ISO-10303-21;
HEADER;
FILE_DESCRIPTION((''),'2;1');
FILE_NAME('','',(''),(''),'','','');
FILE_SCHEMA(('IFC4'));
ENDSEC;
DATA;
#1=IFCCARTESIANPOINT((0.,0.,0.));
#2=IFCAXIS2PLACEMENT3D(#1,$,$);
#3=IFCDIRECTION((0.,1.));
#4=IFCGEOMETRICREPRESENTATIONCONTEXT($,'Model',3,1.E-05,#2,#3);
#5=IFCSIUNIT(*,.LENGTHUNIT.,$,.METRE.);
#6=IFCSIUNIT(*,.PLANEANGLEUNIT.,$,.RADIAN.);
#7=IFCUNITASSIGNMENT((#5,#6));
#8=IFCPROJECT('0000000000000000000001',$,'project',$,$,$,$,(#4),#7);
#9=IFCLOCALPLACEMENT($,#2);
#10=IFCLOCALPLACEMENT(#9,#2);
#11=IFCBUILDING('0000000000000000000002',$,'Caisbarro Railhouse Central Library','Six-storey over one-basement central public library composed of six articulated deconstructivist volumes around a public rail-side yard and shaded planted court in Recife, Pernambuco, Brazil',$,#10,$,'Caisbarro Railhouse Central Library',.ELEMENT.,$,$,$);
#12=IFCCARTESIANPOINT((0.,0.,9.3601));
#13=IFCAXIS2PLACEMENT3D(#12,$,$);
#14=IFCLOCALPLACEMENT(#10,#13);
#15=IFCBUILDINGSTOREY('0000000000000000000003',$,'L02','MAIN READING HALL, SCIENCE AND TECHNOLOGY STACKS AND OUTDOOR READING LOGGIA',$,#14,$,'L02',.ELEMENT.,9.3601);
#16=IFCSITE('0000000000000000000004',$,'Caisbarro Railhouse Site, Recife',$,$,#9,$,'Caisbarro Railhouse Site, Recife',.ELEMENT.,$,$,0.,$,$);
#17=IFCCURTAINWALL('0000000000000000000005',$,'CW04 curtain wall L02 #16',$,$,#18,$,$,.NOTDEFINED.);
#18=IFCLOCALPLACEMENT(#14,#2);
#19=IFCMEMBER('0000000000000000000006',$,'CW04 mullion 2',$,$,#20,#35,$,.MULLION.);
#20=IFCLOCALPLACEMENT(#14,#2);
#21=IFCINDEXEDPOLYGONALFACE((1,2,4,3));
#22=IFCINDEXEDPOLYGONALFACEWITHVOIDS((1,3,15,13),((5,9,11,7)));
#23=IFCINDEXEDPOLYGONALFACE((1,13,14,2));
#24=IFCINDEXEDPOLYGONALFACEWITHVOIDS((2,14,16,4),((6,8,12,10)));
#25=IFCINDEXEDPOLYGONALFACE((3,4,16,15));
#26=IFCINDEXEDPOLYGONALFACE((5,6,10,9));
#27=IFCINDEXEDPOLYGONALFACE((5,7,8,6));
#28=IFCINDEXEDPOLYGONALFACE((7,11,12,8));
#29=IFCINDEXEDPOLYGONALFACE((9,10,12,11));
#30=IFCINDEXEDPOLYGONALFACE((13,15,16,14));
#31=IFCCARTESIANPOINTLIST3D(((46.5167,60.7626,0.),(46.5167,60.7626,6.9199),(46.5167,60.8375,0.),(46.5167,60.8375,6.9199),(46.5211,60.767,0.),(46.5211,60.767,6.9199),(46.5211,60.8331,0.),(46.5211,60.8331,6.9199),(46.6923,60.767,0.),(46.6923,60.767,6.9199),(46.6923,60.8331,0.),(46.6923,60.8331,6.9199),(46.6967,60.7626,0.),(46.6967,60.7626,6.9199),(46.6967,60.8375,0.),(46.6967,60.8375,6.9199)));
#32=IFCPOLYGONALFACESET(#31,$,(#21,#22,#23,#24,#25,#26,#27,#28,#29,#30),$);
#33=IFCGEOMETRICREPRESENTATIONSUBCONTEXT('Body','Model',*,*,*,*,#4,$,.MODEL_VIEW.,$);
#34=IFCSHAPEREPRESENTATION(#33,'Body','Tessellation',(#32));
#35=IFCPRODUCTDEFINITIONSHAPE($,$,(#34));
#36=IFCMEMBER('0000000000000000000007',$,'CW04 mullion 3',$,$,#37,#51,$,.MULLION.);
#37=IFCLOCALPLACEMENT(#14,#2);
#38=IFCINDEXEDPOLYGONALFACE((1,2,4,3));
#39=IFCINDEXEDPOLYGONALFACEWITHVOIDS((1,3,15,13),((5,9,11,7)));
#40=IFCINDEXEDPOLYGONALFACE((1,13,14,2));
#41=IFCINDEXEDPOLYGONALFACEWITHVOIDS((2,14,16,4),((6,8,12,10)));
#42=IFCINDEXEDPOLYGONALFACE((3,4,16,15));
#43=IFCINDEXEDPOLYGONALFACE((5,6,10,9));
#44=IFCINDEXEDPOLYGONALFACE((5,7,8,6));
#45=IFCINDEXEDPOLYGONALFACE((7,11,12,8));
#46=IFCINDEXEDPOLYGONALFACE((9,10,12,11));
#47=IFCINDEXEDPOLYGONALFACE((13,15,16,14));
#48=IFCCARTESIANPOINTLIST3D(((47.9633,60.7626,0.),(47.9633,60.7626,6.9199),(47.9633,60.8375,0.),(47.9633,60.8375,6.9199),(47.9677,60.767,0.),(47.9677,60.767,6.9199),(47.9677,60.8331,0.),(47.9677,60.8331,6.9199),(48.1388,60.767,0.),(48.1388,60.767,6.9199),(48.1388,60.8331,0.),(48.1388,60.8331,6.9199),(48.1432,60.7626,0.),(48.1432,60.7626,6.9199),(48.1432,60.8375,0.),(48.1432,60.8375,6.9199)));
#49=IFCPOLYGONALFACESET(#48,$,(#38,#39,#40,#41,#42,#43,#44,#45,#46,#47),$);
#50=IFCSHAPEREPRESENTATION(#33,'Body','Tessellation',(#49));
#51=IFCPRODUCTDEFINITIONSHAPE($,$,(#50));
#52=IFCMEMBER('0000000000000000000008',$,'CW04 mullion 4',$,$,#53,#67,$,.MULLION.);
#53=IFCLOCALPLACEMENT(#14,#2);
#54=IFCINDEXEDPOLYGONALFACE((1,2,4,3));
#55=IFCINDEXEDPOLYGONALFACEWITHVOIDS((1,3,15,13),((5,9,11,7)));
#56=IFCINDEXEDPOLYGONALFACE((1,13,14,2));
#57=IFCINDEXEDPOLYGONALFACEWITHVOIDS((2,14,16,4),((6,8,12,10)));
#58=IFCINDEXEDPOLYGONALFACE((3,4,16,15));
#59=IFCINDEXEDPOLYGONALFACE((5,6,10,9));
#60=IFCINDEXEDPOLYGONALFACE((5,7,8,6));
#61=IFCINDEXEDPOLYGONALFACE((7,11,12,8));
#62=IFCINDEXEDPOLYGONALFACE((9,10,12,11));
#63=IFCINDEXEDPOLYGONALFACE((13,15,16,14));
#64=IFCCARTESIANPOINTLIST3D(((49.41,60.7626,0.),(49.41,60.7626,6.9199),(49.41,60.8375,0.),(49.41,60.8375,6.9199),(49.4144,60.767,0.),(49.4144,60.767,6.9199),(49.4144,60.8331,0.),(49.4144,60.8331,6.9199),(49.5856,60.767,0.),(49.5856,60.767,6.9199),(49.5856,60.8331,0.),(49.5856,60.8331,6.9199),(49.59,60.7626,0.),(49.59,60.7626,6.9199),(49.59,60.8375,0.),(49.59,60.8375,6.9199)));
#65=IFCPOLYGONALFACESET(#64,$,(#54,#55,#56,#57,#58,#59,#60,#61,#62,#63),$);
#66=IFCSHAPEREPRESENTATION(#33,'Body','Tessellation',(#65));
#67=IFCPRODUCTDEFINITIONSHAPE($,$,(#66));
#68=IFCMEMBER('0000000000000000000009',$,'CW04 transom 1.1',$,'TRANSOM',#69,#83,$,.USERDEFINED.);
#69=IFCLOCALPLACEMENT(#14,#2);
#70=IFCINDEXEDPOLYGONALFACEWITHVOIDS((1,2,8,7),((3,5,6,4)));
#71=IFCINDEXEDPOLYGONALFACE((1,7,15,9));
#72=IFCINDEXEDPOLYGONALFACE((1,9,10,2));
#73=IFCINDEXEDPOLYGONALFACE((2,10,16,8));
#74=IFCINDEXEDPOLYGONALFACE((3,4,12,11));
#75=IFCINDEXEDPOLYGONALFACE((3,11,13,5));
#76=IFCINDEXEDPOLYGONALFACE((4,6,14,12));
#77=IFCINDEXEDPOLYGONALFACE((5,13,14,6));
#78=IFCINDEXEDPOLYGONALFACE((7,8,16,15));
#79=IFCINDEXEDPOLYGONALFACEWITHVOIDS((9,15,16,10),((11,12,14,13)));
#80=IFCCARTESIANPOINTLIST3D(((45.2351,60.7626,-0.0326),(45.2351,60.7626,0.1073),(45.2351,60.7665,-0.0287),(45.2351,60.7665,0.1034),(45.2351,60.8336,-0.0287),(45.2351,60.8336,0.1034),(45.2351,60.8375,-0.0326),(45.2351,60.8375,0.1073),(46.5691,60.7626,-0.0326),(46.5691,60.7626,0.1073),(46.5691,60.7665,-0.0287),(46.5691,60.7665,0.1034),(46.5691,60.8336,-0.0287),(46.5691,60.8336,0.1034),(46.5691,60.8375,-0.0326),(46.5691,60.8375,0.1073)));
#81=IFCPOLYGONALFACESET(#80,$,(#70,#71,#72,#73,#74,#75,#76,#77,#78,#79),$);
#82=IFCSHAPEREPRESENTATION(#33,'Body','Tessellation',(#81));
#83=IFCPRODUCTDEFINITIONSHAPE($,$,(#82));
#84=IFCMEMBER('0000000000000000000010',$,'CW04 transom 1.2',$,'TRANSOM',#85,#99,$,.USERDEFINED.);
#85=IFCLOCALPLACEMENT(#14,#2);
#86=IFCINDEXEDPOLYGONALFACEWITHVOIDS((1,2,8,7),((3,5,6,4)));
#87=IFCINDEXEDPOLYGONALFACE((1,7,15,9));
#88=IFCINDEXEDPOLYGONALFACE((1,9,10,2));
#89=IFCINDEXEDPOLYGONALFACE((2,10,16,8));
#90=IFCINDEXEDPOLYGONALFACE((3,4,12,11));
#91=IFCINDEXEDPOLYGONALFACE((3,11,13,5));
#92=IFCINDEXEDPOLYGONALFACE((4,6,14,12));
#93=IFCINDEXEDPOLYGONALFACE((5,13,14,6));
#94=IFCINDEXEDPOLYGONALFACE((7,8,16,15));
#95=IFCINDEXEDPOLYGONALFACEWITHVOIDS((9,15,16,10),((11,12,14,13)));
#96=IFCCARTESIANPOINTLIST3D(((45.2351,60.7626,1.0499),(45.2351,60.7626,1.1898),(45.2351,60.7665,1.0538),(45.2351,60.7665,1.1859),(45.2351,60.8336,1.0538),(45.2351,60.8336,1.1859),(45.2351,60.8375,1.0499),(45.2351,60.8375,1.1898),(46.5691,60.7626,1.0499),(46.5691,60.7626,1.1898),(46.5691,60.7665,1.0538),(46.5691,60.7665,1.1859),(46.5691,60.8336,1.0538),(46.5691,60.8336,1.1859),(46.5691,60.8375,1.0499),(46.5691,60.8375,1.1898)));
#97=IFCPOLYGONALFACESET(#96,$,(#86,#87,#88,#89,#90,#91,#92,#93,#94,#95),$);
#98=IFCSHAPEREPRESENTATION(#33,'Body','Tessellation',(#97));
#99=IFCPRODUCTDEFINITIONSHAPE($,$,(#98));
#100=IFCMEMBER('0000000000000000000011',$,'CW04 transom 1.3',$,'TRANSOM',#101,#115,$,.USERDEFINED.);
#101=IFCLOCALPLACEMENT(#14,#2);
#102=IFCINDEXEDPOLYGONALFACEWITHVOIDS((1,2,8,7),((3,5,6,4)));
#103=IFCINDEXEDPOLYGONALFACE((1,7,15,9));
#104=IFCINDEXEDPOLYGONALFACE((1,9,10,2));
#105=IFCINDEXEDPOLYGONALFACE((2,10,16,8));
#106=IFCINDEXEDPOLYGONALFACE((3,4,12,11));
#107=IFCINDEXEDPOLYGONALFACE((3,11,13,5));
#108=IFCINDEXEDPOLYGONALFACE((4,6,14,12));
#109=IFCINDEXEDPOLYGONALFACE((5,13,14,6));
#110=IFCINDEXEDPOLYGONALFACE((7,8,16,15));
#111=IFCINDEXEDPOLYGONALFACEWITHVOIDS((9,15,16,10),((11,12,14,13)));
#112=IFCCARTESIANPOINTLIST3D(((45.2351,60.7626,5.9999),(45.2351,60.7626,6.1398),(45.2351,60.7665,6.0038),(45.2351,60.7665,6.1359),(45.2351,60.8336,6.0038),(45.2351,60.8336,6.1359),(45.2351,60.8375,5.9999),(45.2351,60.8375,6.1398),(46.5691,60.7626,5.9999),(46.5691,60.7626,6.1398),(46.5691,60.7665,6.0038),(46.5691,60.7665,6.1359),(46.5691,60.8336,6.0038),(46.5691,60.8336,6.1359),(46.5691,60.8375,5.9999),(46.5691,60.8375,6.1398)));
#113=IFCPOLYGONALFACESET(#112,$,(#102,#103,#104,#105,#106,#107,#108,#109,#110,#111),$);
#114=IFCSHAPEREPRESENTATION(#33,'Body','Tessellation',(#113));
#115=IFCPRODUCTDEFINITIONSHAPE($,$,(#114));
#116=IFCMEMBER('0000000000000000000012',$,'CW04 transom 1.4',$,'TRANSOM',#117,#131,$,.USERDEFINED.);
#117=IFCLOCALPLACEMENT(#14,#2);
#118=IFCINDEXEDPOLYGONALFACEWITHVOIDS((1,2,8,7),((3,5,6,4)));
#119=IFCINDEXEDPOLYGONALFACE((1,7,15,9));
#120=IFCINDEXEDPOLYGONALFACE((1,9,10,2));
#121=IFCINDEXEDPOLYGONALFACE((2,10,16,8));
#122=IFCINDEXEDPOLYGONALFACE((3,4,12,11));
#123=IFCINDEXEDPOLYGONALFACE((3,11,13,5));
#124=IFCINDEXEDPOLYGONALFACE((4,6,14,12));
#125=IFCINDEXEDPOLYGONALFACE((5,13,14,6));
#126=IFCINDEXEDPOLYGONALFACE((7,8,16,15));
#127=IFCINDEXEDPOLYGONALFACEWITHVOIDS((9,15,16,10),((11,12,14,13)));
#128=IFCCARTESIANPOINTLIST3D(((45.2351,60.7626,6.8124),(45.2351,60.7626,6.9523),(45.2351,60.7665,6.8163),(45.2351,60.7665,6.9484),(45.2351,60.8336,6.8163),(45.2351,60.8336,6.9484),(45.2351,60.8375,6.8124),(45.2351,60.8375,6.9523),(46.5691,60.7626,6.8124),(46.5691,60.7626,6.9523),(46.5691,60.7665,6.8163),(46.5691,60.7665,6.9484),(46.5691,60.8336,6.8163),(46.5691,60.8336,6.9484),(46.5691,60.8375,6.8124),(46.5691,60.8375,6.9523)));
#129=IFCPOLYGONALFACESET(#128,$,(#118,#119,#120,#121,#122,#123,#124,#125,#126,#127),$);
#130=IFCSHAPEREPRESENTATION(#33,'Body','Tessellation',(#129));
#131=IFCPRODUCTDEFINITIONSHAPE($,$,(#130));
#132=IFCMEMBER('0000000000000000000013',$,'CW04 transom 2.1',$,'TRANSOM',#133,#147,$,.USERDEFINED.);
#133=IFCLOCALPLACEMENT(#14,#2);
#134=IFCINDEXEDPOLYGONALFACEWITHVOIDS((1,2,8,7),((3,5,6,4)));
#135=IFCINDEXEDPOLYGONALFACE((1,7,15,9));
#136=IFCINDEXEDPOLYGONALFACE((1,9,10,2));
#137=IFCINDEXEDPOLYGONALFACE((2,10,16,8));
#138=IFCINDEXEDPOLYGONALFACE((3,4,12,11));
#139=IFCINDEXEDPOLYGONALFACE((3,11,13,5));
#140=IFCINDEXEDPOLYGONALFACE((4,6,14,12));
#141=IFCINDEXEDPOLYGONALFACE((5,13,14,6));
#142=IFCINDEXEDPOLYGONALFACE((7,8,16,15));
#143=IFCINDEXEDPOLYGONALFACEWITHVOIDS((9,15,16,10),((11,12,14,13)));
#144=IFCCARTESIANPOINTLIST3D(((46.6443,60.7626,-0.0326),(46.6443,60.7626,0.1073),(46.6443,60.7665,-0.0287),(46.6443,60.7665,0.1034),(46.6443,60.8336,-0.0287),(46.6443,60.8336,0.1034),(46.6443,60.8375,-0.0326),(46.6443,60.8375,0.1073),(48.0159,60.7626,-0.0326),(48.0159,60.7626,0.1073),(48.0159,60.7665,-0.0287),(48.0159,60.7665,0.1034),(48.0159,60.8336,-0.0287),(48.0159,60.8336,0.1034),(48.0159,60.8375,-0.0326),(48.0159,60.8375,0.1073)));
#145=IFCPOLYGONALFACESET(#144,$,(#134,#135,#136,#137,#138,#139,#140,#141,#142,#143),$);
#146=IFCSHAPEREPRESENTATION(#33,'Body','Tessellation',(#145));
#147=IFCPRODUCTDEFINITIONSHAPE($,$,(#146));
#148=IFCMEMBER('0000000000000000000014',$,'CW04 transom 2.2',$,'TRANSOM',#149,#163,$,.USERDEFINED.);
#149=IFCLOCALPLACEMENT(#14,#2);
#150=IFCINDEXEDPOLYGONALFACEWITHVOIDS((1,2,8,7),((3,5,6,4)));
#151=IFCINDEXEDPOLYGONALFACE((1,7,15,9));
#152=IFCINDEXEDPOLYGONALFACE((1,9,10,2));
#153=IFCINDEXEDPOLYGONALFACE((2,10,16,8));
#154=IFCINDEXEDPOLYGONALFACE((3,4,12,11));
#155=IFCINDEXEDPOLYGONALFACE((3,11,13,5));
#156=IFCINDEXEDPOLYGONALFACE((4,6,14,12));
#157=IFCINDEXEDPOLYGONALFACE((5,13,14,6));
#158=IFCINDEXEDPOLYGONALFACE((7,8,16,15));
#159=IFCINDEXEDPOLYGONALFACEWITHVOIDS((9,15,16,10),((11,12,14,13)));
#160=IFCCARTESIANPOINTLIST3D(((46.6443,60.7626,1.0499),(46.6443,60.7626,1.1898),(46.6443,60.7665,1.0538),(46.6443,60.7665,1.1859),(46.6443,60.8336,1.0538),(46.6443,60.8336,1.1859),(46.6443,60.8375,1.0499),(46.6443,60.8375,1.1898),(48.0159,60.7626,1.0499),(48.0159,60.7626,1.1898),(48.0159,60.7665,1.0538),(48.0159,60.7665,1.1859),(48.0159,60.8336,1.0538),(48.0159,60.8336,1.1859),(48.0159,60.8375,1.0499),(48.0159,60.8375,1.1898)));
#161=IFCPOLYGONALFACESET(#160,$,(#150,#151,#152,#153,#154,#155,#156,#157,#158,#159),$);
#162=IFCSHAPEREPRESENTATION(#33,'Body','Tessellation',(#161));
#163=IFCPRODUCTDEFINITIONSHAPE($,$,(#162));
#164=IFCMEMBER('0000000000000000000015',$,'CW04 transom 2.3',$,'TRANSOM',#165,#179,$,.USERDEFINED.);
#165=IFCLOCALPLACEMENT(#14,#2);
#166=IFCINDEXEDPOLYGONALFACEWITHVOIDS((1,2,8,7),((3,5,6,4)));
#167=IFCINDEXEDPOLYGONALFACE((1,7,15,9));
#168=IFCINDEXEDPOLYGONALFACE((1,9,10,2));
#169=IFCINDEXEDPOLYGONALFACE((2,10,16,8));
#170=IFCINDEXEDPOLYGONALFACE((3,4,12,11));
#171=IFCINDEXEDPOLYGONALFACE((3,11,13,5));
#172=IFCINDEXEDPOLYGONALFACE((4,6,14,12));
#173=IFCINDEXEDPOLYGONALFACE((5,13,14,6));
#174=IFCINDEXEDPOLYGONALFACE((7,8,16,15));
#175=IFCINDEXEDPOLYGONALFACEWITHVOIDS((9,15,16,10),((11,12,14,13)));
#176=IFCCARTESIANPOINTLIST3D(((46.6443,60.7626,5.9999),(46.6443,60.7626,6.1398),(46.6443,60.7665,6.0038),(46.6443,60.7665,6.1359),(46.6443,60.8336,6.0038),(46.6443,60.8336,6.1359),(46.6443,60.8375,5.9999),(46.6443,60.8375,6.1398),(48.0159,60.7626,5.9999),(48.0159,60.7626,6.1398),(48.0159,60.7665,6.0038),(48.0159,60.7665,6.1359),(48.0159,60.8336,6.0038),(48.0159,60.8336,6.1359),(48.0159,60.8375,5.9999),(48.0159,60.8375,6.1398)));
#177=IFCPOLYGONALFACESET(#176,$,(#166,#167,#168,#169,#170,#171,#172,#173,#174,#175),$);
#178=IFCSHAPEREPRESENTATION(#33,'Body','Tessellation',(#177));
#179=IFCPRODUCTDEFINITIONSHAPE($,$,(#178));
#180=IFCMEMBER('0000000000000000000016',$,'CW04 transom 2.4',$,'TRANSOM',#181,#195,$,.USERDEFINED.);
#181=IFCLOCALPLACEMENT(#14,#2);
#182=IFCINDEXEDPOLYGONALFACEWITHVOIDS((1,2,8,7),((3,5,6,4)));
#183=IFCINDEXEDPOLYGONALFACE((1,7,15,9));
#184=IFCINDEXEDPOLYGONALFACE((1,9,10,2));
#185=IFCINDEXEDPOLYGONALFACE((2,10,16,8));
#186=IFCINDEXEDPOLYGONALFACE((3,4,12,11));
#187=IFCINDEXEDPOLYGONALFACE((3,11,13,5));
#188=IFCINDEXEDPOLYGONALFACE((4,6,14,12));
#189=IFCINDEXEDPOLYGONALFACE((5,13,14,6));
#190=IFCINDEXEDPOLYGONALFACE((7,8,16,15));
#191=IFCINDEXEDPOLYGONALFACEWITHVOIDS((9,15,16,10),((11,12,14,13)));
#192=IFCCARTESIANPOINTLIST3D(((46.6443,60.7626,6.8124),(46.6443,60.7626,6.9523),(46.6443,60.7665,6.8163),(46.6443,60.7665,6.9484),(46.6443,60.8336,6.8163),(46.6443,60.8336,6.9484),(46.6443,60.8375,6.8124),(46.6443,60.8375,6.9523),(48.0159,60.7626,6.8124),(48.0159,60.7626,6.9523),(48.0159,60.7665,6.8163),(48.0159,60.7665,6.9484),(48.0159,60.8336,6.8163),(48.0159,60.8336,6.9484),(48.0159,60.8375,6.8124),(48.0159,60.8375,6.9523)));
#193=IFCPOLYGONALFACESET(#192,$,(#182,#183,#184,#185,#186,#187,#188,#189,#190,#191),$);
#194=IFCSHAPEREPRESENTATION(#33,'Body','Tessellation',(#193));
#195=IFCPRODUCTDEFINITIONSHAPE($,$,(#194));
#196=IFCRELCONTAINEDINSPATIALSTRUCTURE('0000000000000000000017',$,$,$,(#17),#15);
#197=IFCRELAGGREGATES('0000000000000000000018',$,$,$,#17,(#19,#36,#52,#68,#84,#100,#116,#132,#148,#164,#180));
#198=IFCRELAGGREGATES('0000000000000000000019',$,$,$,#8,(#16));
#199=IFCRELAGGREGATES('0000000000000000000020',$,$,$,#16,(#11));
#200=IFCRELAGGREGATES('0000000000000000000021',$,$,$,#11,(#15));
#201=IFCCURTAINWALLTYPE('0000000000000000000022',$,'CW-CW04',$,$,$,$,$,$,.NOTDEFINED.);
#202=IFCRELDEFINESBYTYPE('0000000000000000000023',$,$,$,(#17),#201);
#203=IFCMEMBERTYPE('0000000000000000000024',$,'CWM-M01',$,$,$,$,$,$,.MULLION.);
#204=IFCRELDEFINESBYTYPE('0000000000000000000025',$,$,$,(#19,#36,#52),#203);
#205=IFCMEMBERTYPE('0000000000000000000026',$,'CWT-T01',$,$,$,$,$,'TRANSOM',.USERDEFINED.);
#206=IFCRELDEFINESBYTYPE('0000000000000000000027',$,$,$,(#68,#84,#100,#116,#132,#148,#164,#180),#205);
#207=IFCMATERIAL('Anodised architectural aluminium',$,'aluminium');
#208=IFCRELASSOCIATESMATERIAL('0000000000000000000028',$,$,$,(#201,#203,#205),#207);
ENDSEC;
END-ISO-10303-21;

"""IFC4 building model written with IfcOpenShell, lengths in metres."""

from ifc_helpers import new_model, si_unit, direction, frame, origin, origin_2d, place, context, subcontext, project, spatial, hollow_rectangle, extrude, material, material_profile, profile_set, type_object, element, aggregate, save


model = new_model("IFC4")

# Units and contexts
model_context = context("Model", 3, precision=1e-05, world=origin(), true_north=direction((0.0, 1.0)))
body_context = subcontext(model_context, "Body", "Model", "MODEL_VIEW")
ifc_project = project(units=[si_unit("LENGTHUNIT", "METRE"), si_unit("PLANEANGLEUNIT", "RADIAN")], contexts=[model_context])

# Site, building, storey
site_placement = place(None, origin())
site = spatial("IfcSite", under=ifc_project, at=site_placement, Name="Caisbarro Railhouse Site, Recife", LongName="Caisbarro Railhouse Site, Recife", CompositionType="ELEMENT", RefElevation=0.0)
building_placement = place(site_placement, origin())
building = spatial("IfcBuilding", under=site, at=building_placement, Name="Caisbarro Railhouse Central Library", Description="Six-storey over one-basement central public library composed of six articulated deconstructivist volumes around a public rail-side yard and shaded planted court in Recife, Pernambuco, Brazil", LongName="Caisbarro Railhouse Central Library", CompositionType="ELEMENT")
storey_placement = place(building_placement, frame((0.0, 0.0, 9.3601)))
storey = spatial("IfcBuildingStorey", under=building, at=storey_placement, Name="L02", Description="MAIN READING HALL, SCIENCE AND TECHNOLOGY STACKS AND OUTDOOR READING LOGGIA", LongName="L02", CompositionType="ELEMENT", Elevation=9.3601)

# Curtain wall, members
ifc_material_1 = material(Name="Anodised architectural aluminium", Category="aluminium")
curtain_wall_type = type_object("IfcCurtainWallType", Name="CW-CW04", PredefinedType="NOTDEFINED", material=ifc_material_1)
curtain_wall_placement = place(storey_placement, origin())
curtain_wall = element("IfcCurtainWall", 1, at=curtain_wall_placement, inside=storey, type_object=curtain_wall_type, Name="CW04 curtain wall L02 #16", PredefinedType="NOTDEFINED")
ifc_material_profile_1 = material_profile(ifc_material_1, hollow_rectangle(XDim=0.075, YDim=0.1799, WallThickness=0.0044, at=origin_2d()), Name="ALU-MUL-75X180")
ifc_profile_set_1 = profile_set([ifc_material_profile_1], Name="Anodised architectural aluminium")
member_type_1 = type_object("IfcMemberType", Name="CWM-M01", PredefinedType="MULLION", material=ifc_profile_set_1)
member_1_placement = place(storey_placement, frame((46.6067, 60.8, 0.0), z_axis=(0.0, 0.0, 1.0), x_axis=(0.0, 1.0, 0.0)))
member_1 = element("IfcMember", 2, at=member_1_placement, type_object=member_type_1, Name="CW04 mullion 2", PredefinedType="MULLION", context=body_context, shape_type="SweptSolid", body=[
    extrude(hollow_rectangle(XDim=0.075, YDim=0.1799, WallThickness=0.0044, at=origin_2d()), origin(), (0.0, 0.0, 1.0), 6.9199),
])
member_2_placement = place(storey_placement, frame((48.0532, 60.8, 0.0), z_axis=(0.0, 0.0, 1.0), x_axis=(0.0, 1.0, 0.0)))
member_2 = element("IfcMember", 3, at=member_2_placement, type_object=member_type_1, Name="CW04 mullion 3", PredefinedType="MULLION", context=body_context, shape_type="SweptSolid", body=[
    extrude(hollow_rectangle(XDim=0.075, YDim=0.1799, WallThickness=0.0044, at=origin_2d()), origin(), (0.0, 0.0, 1.0), 6.9199),
])
member_3_placement = place(storey_placement, frame((49.5, 60.8, 0.0), z_axis=(0.0, 0.0, 1.0), x_axis=(0.0, 1.0, 0.0)))
member_3 = element("IfcMember", 4, at=member_3_placement, type_object=member_type_1, Name="CW04 mullion 4", PredefinedType="MULLION", context=body_context, shape_type="SweptSolid", body=[
    extrude(hollow_rectangle(XDim=0.075, YDim=0.1799, WallThickness=0.0044, at=origin_2d()), origin(), (0.0, 0.0, 1.0), 6.9199),
])
ifc_material_profile_2 = material_profile(ifc_material_1, hollow_rectangle(XDim=0.075, YDim=0.1399, WallThickness=0.0039, at=origin_2d()), Name="ALU-TRN-75X140")
ifc_profile_set_2 = profile_set([ifc_material_profile_2], Name="Anodised architectural aluminium")
member_type_2 = type_object("IfcMemberType", Name="CWT-T01", ElementType="TRANSOM", PredefinedType="USERDEFINED", material=ifc_profile_set_2)
member_4_placement = place(storey_placement, frame((45.2351, 60.8, 0.0374), z_axis=(1.0, 0.0, 0.0), x_axis=(0.0, 1.0, 0.0)))
member_4 = element("IfcMember", 5, at=member_4_placement, type_object=member_type_2, Name="CW04 transom 1.1", ObjectType="TRANSOM", PredefinedType="USERDEFINED", context=body_context, shape_type="SweptSolid", body=[
    extrude(hollow_rectangle(XDim=0.075, YDim=0.1399, WallThickness=0.0039, at=origin_2d()), origin(), (0.0, 0.0, 1.0), 1.334),
])
member_5_placement = place(storey_placement, frame((45.2351, 60.8, 1.1199), z_axis=(1.0, 0.0, 0.0), x_axis=(0.0, 1.0, 0.0)))
member_5 = element("IfcMember", 6, at=member_5_placement, type_object=member_type_2, Name="CW04 transom 1.2", ObjectType="TRANSOM", PredefinedType="USERDEFINED", context=body_context, shape_type="SweptSolid", body=[
    extrude(hollow_rectangle(XDim=0.075, YDim=0.1399, WallThickness=0.0039, at=origin_2d()), origin(), (0.0, 0.0, 1.0), 1.334),
])
member_6_placement = place(storey_placement, frame((45.2351, 60.8, 6.0698), z_axis=(1.0, 0.0, 0.0), x_axis=(0.0, 1.0, 0.0)))
member_6 = element("IfcMember", 7, at=member_6_placement, type_object=member_type_2, Name="CW04 transom 1.3", ObjectType="TRANSOM", PredefinedType="USERDEFINED", context=body_context, shape_type="SweptSolid", body=[
    extrude(hollow_rectangle(XDim=0.075, YDim=0.1399, WallThickness=0.0039, at=origin_2d()), origin(), (0.0, 0.0, 1.0), 1.334),
])
member_7_placement = place(storey_placement, frame((45.2351, 60.8, 6.8823), z_axis=(1.0, 0.0, 0.0), x_axis=(0.0, 1.0, 0.0)))
member_7 = element("IfcMember", 8, at=member_7_placement, type_object=member_type_2, Name="CW04 transom 1.4", ObjectType="TRANSOM", PredefinedType="USERDEFINED", context=body_context, shape_type="SweptSolid", body=[
    extrude(hollow_rectangle(XDim=0.075, YDim=0.1399, WallThickness=0.0039, at=origin_2d()), origin(), (0.0, 0.0, 1.0), 1.334),
])
member_8_placement = place(storey_placement, frame((46.6443, 60.8, 0.0374), z_axis=(1.0, 0.0, 0.0), x_axis=(0.0, 1.0, 0.0)))
member_8 = element("IfcMember", 9, at=member_8_placement, type_object=member_type_2, Name="CW04 transom 2.1", ObjectType="TRANSOM", PredefinedType="USERDEFINED", context=body_context, shape_type="SweptSolid", body=[
    extrude(hollow_rectangle(XDim=0.075, YDim=0.1399, WallThickness=0.0039, at=origin_2d()), origin(), (0.0, 0.0, 1.0), 1.3716),
])
member_9_placement = place(storey_placement, frame((46.6443, 60.8, 1.1199), z_axis=(1.0, 0.0, 0.0), x_axis=(0.0, 1.0, 0.0)))
member_9 = element("IfcMember", 10, at=member_9_placement, type_object=member_type_2, Name="CW04 transom 2.2", ObjectType="TRANSOM", PredefinedType="USERDEFINED", context=body_context, shape_type="SweptSolid", body=[
    extrude(hollow_rectangle(XDim=0.075, YDim=0.1399, WallThickness=0.0039, at=origin_2d()), origin(), (0.0, 0.0, 1.0), 1.3716),
])
member_10_placement = place(storey_placement, frame((46.6443, 60.8, 6.0698), z_axis=(1.0, 0.0, 0.0), x_axis=(0.0, 1.0, 0.0)))
member_10 = element("IfcMember", 11, at=member_10_placement, type_object=member_type_2, Name="CW04 transom 2.3", ObjectType="TRANSOM", PredefinedType="USERDEFINED", context=body_context, shape_type="SweptSolid", body=[
    extrude(hollow_rectangle(XDim=0.075, YDim=0.1399, WallThickness=0.0039, at=origin_2d()), origin(), (0.0, 0.0, 1.0), 1.3716),
])
member_11_placement = place(storey_placement, frame((46.6443, 60.8, 6.8823), z_axis=(1.0, 0.0, 0.0), x_axis=(0.0, 1.0, 0.0)))
member_11 = element("IfcMember", 12, at=member_11_placement, type_object=member_type_2, Name="CW04 transom 2.4", ObjectType="TRANSOM", PredefinedType="USERDEFINED", context=body_context, shape_type="SweptSolid", body=[
    extrude(hollow_rectangle(XDim=0.075, YDim=0.1399, WallThickness=0.0039, at=origin_2d()), origin(), (0.0, 0.0, 1.0), 1.3716),
])
aggregate(curtain_wall, [member_1, member_2, member_3, member_4, member_5, member_6, member_7, member_8, member_9, member_10, member_11])

save(model, "model.ifc")
